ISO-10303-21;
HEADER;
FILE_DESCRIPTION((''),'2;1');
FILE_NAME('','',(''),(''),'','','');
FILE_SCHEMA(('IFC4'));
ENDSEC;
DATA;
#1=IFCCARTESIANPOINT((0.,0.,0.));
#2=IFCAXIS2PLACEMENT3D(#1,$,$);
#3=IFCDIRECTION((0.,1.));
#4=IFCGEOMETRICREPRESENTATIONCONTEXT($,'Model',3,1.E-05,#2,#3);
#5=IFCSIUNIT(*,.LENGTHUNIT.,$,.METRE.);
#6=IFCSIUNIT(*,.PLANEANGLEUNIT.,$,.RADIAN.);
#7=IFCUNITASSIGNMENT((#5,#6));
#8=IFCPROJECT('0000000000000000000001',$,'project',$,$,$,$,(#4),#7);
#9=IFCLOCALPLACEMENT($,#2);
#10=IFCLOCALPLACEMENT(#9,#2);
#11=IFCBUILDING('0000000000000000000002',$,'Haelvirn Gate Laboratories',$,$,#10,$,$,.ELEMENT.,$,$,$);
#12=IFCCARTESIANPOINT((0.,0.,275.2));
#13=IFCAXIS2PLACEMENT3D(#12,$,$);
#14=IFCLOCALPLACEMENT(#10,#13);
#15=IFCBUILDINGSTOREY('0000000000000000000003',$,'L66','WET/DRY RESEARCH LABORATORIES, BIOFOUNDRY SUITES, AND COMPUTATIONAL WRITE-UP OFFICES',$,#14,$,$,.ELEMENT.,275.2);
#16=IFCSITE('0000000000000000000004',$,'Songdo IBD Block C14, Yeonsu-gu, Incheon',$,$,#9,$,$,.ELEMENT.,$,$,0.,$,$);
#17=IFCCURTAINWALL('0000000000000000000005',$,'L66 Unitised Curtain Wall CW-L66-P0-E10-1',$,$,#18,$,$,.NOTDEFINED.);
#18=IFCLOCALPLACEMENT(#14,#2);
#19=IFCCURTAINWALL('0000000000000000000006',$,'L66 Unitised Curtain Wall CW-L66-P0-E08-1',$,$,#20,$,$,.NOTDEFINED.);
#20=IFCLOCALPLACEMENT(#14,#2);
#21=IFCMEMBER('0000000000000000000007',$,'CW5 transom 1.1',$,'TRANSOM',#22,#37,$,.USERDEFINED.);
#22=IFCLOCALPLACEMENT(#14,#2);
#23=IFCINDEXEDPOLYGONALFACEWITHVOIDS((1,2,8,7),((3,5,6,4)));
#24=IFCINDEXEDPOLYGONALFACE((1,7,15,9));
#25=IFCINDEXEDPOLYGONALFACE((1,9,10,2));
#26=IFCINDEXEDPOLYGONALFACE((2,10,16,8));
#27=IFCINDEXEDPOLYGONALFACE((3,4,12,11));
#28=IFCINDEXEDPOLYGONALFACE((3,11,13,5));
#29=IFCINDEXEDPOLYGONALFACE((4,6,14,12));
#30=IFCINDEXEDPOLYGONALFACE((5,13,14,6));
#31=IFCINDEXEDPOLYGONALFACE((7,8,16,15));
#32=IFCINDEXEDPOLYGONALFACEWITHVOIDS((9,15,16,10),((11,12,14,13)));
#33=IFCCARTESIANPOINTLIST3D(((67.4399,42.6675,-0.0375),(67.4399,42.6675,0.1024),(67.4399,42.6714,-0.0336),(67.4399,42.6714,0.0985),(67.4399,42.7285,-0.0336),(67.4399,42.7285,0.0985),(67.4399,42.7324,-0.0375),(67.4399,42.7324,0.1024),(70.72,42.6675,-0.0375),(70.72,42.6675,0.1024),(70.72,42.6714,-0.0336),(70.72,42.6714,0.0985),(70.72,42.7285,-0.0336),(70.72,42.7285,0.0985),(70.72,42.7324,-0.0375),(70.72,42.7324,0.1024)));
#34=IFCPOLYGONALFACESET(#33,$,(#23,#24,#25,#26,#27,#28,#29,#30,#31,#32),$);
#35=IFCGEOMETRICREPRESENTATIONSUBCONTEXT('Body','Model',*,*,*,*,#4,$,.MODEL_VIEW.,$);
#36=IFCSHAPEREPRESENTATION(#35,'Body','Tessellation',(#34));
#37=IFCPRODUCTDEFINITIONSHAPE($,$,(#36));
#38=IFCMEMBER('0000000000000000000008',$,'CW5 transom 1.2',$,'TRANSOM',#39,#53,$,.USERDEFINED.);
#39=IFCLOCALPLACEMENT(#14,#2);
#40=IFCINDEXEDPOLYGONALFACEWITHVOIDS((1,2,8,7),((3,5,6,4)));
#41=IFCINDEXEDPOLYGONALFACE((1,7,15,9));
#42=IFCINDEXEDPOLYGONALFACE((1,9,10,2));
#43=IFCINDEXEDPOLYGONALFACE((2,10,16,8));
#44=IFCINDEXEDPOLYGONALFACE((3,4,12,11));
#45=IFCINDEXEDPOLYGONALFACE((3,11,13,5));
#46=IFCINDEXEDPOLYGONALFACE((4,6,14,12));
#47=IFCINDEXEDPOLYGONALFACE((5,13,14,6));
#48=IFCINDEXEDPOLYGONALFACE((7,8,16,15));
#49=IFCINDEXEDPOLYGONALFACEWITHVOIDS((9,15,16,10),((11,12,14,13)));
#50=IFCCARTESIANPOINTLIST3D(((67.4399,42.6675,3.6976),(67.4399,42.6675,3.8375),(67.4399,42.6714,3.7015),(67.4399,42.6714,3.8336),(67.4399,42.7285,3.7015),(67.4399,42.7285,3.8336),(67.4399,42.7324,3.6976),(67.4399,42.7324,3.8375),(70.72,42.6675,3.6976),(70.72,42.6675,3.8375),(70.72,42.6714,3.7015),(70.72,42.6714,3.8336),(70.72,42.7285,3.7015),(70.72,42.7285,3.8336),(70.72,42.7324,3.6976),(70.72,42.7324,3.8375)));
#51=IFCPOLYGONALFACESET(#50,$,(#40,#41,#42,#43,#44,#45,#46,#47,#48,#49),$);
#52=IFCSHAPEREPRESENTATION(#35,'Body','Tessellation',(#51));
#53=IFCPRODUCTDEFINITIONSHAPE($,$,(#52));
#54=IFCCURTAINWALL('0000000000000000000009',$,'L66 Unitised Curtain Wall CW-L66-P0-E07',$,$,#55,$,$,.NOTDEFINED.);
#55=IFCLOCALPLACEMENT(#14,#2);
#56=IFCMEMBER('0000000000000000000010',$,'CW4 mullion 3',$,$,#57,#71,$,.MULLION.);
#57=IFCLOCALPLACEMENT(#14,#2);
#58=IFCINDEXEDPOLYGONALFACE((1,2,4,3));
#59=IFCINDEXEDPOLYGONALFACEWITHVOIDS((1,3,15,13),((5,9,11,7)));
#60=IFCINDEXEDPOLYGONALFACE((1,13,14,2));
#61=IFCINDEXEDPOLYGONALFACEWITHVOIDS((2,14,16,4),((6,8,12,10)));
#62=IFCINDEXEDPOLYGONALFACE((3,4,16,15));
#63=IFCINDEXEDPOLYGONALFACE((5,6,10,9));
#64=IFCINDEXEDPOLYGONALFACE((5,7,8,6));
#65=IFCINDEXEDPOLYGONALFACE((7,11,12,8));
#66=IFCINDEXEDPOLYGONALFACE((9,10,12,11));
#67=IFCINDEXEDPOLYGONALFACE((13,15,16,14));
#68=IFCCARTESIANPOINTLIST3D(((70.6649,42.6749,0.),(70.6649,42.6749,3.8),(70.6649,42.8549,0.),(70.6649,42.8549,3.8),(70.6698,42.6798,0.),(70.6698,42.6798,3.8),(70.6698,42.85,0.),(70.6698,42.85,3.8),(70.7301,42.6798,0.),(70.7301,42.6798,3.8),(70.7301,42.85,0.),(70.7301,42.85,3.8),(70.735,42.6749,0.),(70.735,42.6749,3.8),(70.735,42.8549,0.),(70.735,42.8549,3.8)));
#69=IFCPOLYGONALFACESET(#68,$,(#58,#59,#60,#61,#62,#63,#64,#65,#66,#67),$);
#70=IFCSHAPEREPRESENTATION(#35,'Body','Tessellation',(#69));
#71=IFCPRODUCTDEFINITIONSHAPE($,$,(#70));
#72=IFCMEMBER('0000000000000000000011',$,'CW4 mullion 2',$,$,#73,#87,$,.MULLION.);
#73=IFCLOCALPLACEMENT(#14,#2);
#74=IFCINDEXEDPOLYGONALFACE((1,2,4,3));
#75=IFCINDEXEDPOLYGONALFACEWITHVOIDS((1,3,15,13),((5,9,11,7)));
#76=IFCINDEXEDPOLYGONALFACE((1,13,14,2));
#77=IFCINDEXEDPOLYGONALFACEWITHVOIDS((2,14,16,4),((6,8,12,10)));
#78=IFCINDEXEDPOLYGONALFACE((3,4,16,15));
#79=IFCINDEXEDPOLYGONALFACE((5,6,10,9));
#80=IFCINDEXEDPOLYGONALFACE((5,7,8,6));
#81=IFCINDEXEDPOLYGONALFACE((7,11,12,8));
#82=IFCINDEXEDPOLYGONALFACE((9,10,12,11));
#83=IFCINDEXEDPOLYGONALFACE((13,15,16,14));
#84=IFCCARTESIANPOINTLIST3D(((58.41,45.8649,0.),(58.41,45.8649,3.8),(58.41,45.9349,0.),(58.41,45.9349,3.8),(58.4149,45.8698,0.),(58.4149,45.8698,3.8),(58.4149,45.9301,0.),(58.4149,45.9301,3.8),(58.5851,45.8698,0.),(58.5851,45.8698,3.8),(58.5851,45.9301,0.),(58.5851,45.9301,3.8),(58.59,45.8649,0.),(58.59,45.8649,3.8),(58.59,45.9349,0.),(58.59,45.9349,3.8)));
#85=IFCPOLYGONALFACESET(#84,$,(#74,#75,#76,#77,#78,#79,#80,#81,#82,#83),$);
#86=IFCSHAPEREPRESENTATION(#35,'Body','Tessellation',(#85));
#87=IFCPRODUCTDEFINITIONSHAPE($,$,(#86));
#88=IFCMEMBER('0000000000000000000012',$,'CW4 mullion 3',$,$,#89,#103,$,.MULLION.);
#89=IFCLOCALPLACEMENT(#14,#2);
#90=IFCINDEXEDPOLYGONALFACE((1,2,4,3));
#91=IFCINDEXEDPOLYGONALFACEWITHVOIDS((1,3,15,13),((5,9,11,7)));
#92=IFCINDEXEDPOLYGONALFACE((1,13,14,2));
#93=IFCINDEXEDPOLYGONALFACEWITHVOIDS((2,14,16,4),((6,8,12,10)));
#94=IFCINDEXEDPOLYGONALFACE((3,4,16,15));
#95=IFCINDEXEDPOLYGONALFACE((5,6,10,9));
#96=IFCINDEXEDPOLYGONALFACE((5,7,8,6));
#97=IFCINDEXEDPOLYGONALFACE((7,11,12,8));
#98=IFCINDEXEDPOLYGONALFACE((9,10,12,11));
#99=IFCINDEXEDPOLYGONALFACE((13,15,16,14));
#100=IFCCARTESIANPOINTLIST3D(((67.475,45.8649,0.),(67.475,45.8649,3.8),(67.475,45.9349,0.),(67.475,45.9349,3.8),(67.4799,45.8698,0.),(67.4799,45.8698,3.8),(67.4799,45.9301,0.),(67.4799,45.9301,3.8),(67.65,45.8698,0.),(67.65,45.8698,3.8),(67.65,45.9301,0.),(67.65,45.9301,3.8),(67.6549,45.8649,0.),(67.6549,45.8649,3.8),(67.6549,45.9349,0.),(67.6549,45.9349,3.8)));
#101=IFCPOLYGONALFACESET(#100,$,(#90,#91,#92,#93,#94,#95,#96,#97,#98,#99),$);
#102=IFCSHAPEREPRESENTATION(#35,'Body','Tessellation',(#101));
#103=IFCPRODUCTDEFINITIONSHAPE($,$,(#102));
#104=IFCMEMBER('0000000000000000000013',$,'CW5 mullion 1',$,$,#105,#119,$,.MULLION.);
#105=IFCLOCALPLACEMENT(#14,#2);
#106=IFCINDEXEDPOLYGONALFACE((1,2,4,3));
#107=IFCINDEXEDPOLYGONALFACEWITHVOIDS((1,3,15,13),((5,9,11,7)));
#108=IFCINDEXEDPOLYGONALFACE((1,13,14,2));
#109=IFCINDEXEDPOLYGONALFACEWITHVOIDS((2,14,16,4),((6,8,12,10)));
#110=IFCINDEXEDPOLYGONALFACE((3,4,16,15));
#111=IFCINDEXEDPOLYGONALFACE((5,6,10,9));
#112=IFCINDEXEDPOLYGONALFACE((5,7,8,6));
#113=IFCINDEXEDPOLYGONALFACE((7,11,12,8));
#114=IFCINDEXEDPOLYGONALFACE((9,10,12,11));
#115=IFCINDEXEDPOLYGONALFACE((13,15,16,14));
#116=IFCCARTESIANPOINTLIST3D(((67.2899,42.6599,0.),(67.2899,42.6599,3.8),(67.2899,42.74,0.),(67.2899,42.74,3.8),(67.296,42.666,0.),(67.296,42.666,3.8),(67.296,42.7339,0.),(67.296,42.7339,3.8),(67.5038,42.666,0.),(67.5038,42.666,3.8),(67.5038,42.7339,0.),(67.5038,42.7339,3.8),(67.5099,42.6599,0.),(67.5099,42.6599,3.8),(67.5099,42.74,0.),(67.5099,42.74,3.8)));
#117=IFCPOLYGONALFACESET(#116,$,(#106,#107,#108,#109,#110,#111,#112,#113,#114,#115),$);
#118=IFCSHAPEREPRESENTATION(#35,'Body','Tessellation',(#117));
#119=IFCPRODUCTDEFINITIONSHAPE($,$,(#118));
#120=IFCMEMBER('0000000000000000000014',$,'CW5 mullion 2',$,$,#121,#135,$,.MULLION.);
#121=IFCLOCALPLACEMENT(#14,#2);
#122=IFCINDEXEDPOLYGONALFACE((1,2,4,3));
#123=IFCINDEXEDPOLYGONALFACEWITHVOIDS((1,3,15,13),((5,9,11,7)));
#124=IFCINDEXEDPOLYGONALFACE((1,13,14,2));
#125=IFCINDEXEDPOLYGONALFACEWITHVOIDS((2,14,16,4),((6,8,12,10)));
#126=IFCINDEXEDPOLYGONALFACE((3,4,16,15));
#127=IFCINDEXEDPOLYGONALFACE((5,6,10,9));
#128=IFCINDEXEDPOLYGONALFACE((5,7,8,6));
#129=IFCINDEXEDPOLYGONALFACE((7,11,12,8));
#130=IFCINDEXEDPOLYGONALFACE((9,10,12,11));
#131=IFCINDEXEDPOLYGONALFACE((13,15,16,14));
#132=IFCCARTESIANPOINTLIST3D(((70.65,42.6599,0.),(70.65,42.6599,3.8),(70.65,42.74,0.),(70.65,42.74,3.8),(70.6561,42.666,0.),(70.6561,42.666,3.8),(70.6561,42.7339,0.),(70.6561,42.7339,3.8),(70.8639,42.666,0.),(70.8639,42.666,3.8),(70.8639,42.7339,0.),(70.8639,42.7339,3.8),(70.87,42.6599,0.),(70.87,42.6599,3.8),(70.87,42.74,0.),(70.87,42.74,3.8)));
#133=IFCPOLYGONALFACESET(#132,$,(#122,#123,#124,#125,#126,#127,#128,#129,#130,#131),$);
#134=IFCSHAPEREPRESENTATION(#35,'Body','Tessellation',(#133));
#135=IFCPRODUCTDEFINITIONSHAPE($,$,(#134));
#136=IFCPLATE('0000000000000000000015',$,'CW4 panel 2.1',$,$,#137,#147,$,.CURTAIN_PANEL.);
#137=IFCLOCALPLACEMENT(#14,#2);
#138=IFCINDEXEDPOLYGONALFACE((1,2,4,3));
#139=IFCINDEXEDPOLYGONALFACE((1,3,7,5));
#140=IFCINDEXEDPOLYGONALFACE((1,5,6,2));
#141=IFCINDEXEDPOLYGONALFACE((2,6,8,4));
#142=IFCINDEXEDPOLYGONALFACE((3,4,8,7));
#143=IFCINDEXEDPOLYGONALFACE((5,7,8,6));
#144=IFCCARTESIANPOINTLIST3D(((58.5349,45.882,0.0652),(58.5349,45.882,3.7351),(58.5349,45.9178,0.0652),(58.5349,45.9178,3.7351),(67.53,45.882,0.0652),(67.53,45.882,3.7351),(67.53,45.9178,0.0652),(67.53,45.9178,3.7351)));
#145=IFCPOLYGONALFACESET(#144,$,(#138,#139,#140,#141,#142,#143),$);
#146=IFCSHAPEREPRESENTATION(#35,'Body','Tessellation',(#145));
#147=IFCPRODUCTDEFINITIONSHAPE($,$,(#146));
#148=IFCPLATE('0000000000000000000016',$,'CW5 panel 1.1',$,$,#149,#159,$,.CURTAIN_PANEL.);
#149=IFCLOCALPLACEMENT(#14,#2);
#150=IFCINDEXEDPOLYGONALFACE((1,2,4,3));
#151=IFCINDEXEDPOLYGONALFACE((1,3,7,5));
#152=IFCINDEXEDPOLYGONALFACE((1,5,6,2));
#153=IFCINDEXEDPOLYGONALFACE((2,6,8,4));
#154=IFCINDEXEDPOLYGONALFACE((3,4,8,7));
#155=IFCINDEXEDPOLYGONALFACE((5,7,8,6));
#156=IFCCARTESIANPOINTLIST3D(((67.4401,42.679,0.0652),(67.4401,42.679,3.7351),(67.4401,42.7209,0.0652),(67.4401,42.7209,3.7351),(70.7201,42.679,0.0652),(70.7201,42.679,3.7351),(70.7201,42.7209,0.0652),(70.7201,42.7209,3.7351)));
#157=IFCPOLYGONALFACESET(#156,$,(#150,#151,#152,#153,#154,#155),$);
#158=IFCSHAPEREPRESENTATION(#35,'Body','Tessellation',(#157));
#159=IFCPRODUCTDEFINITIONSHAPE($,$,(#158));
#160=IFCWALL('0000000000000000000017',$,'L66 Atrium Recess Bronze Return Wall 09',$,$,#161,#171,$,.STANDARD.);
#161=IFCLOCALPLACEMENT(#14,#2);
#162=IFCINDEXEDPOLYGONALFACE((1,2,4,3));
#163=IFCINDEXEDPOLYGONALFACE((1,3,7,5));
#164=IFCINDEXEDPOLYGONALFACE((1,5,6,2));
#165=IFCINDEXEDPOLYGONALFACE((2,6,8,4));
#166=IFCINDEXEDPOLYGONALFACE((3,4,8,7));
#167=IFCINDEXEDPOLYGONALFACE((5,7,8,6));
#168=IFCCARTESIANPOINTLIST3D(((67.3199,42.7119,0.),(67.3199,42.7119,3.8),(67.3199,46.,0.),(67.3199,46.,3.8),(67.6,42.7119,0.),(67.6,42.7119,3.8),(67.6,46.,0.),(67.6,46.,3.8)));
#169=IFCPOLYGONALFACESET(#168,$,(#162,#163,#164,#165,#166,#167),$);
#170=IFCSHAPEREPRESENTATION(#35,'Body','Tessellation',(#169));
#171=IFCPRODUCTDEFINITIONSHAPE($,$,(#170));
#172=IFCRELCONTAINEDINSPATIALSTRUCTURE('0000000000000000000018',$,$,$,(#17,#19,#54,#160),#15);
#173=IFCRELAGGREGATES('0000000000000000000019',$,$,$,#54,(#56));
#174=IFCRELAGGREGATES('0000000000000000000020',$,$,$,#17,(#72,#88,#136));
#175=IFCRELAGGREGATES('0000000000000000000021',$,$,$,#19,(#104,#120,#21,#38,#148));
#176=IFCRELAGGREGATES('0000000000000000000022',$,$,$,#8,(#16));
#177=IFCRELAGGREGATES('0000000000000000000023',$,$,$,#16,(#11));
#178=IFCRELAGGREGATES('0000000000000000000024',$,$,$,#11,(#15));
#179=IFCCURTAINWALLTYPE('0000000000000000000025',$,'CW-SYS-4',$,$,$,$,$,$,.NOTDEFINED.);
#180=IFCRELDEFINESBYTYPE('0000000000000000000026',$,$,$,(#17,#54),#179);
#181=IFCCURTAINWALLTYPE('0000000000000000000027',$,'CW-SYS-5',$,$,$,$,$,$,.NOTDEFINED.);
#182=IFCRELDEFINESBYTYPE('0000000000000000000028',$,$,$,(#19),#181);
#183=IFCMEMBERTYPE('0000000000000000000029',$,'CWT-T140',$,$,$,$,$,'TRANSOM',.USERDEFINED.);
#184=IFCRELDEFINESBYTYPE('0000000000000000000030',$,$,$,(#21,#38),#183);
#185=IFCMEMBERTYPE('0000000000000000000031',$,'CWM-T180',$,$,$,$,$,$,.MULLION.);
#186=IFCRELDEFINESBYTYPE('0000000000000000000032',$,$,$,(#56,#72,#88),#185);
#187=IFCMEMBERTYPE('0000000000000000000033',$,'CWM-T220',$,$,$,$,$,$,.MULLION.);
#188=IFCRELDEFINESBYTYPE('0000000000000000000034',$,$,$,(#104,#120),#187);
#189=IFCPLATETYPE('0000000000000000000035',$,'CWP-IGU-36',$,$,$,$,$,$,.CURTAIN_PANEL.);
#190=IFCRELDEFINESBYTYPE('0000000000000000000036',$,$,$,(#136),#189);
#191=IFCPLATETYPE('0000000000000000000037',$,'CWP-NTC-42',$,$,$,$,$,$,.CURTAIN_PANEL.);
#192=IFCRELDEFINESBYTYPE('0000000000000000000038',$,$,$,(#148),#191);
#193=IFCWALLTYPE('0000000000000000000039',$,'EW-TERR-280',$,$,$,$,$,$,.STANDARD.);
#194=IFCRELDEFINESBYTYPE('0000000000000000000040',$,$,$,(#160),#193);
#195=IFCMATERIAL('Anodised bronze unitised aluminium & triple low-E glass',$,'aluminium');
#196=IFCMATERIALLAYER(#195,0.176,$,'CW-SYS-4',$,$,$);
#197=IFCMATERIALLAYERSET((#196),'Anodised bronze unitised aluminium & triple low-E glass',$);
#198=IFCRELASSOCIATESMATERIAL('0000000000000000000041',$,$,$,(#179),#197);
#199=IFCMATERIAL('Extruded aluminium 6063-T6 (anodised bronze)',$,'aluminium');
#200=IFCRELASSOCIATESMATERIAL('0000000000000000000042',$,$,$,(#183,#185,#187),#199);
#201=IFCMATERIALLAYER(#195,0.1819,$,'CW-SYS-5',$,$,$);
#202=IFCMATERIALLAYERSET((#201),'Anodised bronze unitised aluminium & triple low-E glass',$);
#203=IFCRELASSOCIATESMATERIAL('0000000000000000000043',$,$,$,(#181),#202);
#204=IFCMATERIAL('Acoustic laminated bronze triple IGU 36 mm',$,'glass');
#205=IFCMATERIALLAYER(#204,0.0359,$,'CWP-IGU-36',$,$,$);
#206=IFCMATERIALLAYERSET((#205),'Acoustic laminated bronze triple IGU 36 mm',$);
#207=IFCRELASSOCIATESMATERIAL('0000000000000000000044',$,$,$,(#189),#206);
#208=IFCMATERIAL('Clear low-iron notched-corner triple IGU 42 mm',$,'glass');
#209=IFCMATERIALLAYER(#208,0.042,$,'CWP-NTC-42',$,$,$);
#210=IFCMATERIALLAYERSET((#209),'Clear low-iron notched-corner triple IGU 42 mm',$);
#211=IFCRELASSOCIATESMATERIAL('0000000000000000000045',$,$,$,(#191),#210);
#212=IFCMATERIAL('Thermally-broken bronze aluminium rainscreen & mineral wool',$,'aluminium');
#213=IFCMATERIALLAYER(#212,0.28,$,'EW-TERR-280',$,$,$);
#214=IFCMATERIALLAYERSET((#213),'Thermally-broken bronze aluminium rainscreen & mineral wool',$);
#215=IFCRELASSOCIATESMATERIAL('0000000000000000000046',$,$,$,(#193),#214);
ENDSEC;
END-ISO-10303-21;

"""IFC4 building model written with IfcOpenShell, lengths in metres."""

from ifc_helpers import new_model, si_unit, direction, frame, frame_2d, origin, origin_2d, place, context, subcontext, project, spatial, rectangle, hollow_rectangle, extrude, source, transform, mapped, material, layer, layer_set, material_profile, profile_set, type_object, type_shapes, element, aggregate, save


model = new_model("IFC4")

# Units and contexts
model_context = context("Model", 3, precision=1e-05, world=origin(), true_north=direction((0.0, 1.0)))
body_context = subcontext(model_context, "Body", "Model", "MODEL_VIEW")
ifc_project = project(units=[si_unit("LENGTHUNIT", "METRE"), si_unit("PLANEANGLEUNIT", "RADIAN")], contexts=[model_context])

# Site, building, storey
site_placement = place(None, origin())
site = spatial("IfcSite", under=ifc_project, at=site_placement, Name="Songdo IBD Block C14, Yeonsu-gu, Incheon", CompositionType="ELEMENT", RefElevation=0.0)
building_placement = place(site_placement, origin())
building = spatial("IfcBuilding", under=site, at=building_placement, Name="Haelvirn Gate Laboratories", CompositionType="ELEMENT")
storey_placement = place(building_placement, frame((0.0, 0.0, 275.2)))
storey = spatial("IfcBuildingStorey", under=building, at=storey_placement, Name="L66", Description="WET/DRY RESEARCH LABORATORIES, BIOFOUNDRY SUITES, AND COMPUTATIONAL WRITE-UP OFFICES", CompositionType="ELEMENT", Elevation=275.2)

# Curtain walls, members
ifc_material_1 = material(Name="Anodised bronze unitised aluminium & triple low-E glass", Category="aluminium")
ifc_layer_1 = layer(ifc_material_1, 0.176, Name="CW-SYS-4")
ifc_layer_set_1 = layer_set([ifc_layer_1], Name="Anodised bronze unitised aluminium & triple low-E glass")
curtain_wall_type_1 = type_object("IfcCurtainWallType", Name="CW-SYS-4", PredefinedType="NOTDEFINED", material=ifc_layer_set_1)
curtain_wall_1_placement = place(storey_placement, origin())
curtain_wall_1 = element("IfcCurtainWall", 1, at=curtain_wall_1_placement, inside=storey, type_object=curtain_wall_type_1, Name="L66 Unitised Curtain Wall CW-L66-P0-E10-1", PredefinedType="NOTDEFINED")
ifc_material_2 = material(Name="Extruded aluminium 6063-T6 (anodised bronze)", Category="aluminium")
ifc_material_profile_1 = material_profile(ifc_material_2, hollow_rectangle(XDim=0.0649, YDim=0.1399, WallThickness=0.0039, at=origin_2d()), Name="CWT-140x65x4")
ifc_profile_set_1 = profile_set([ifc_material_profile_1], Name="Extruded aluminium 6063-T6 (anodised bronze)")
member_type_1 = type_object("IfcMemberType", Name="CWT-T140", ElementType="TRANSOM", PredefinedType="USERDEFINED", material=ifc_profile_set_1)
ifc_layer_2 = layer(ifc_material_1, 0.1819, Name="CW-SYS-5")
ifc_layer_set_2 = layer_set([ifc_layer_2], Name="Anodised bronze unitised aluminium & triple low-E glass")
curtain_wall_type_2 = type_object("IfcCurtainWallType", Name="CW-SYS-5", PredefinedType="NOTDEFINED", material=ifc_layer_set_2)
curtain_wall_2_placement = place(storey_placement, origin())
curtain_wall_2 = element("IfcCurtainWall", 2, at=curtain_wall_2_placement, inside=storey, type_object=curtain_wall_type_2, Name="L66 Unitised Curtain Wall CW-L66-P0-E08-1", PredefinedType="NOTDEFINED")
shared_shape_1 = source(origin(), body_context, "Body", "SweptSolid", [
    extrude(hollow_rectangle(XDim=0.0649, YDim=0.1399, WallThickness=0.0039, at=origin_2d()), origin(), (0.0, 0.0, 1.0), 3.28),
])
member_1_placement = place(storey_placement, frame((67.4399, 42.7, 0.0325), z_axis=(1.0, 0.0, 0.0), x_axis=(0.0, 1.0, 0.0)))
member_1 = element("IfcMember", 3, at=member_1_placement, type_object=member_type_1, Name="CW5 transom 1.1", ObjectType="TRANSOM", PredefinedType="USERDEFINED", context=body_context, shape_type="MappedRepresentation", body=[
    mapped(shared_shape_1, transform((0.0, 0.0, 0.0), scale=1.0)),
])
member_2_placement = place(storey_placement, frame((67.4399, 42.7, 3.7676), z_axis=(1.0, 0.0, 0.0), x_axis=(0.0, 1.0, 0.0)))
member_2 = element("IfcMember", 4, at=member_2_placement, type_object=member_type_1, Name="CW5 transom 1.2", ObjectType="TRANSOM", PredefinedType="USERDEFINED", context=body_context, shape_type="MappedRepresentation", body=[
    mapped(shared_shape_1, transform((0.0, 0.0, 0.0), scale=1.0)),
])

# Curtain wall, member
curtain_wall_3_placement = place(storey_placement, origin())
curtain_wall_3 = element("IfcCurtainWall", 5, at=curtain_wall_3_placement, inside=storey, type_object=curtain_wall_type_1, Name="L66 Unitised Curtain Wall CW-L66-P0-E07", PredefinedType="NOTDEFINED")
ifc_material_profile_2 = material_profile(ifc_material_2, hollow_rectangle(XDim=0.0701, YDim=0.1799, WallThickness=0.0049, at=origin_2d()), Name="CWM-180x70x5")
ifc_profile_set_2 = profile_set([ifc_material_profile_2], Name="Extruded aluminium 6063-T6 (anodised bronze)")
member_type_2 = type_object("IfcMemberType", Name="CWM-T180", PredefinedType="MULLION", material=ifc_profile_set_2)
shared_shape_2 = source(origin(), body_context, "Body", "SweptSolid", [
    extrude(hollow_rectangle(XDim=0.0701, YDim=0.1799, WallThickness=0.0049, at=origin_2d()), origin(), (0.0, 0.0, 1.0), 3.8),
])
type_shapes(member_type_2, [shared_shape_2])
member_3_placement = place(storey_placement, frame((70.7, 42.7649, 0.0), z_axis=(0.0, 0.0, 1.0), x_axis=(-1.0, 0.0, 0.0)))
member_3 = element("IfcMember", 6, at=member_3_placement, type_object=member_type_2, Name="CW4 mullion 3", PredefinedType="MULLION", context=body_context, shape_type="MappedRepresentation", body=[
    mapped(shared_shape_2, transform((0.0, 0.0, 0.0), scale=1.0)),
])
aggregate(curtain_wall_3, [member_3])

# Members
member_4_placement = place(storey_placement, frame((58.5, 45.8999, 0.0), z_axis=(0.0, 0.0, 1.0), x_axis=(0.0, 1.0, 0.0)))
member_4 = element("IfcMember", 7, at=member_4_placement, type_object=member_type_2, Name="CW4 mullion 2", PredefinedType="MULLION", context=body_context, shape_type="MappedRepresentation", body=[
    mapped(shared_shape_2, transform((0.0, 0.0, 0.0), scale=1.0)),
])
member_5_placement = place(storey_placement, frame((67.5649, 45.8999, 0.0), z_axis=(0.0, 0.0, 1.0), x_axis=(0.0, 1.0, 0.0)))
member_5 = element("IfcMember", 8, at=member_5_placement, type_object=member_type_2, Name="CW4 mullion 3", PredefinedType="MULLION", context=body_context, shape_type="MappedRepresentation", body=[
    mapped(shared_shape_2, transform((0.0, 0.0, 0.0), scale=1.0)),
])
ifc_material_profile_3 = material_profile(ifc_material_2, hollow_rectangle(XDim=0.0801, YDim=0.22, WallThickness=0.0061, at=origin_2d()), Name="CWM-220x80x6")
ifc_profile_set_3 = profile_set([ifc_material_profile_3], Name="Extruded aluminium 6063-T6 (anodised bronze)")
member_type_3 = type_object("IfcMemberType", Name="CWM-T220", PredefinedType="MULLION", material=ifc_profile_set_3)
shared_shape_3 = source(origin(), body_context, "Body", "SweptSolid", [
    extrude(hollow_rectangle(XDim=0.0801, YDim=0.22, WallThickness=0.0061, at=origin_2d()), origin(), (0.0, 0.0, 1.0), 3.8),
])
type_shapes(member_type_3, [shared_shape_3])
member_6_placement = place(storey_placement, frame((67.3999, 42.7, 0.0), z_axis=(0.0, 0.0, 1.0), x_axis=(0.0, 1.0, 0.0)))
member_6 = element("IfcMember", 9, at=member_6_placement, type_object=member_type_3, Name="CW5 mullion 1", PredefinedType="MULLION", context=body_context, shape_type="MappedRepresentation", body=[
    mapped(shared_shape_3, transform((0.0, 0.0, 0.0), scale=1.0)),
])
member_7_placement = place(storey_placement, frame((70.76, 42.7, 0.0), z_axis=(0.0, 0.0, 1.0), x_axis=(0.0, 1.0, 0.0)))
member_7 = element("IfcMember", 10, at=member_7_placement, type_object=member_type_3, Name="CW5 mullion 2", PredefinedType="MULLION", context=body_context, shape_type="MappedRepresentation", body=[
    mapped(shared_shape_3, transform((0.0, 0.0, 0.0), scale=1.0)),
])

# Plates
ifc_material_3 = material(Name="Acoustic laminated bronze triple IGU 36 mm", Category="glass")
ifc_layer_3 = layer(ifc_material_3, 0.0359, Name="CWP-IGU-36")
ifc_layer_set_3 = layer_set([ifc_layer_3], Name="Acoustic laminated bronze triple IGU 36 mm")
plate_type_1 = type_object("IfcPlateType", Name="CWP-IGU-36", PredefinedType="CURTAIN_PANEL", material=ifc_layer_set_3)
shared_shape_4 = source(origin(), body_context, "Body", "SweptSolid", [
    extrude(rectangle(XDim=8.9951, YDim=0.0359, at=origin_2d()), origin(), (0.0, 0.0, 1.0), 3.6699),
])
type_shapes(plate_type_1, [shared_shape_4])
plate_1_placement = place(storey_placement, frame((63.0325, 45.8999, 0.0652), z_axis=(0.0, 0.0, 1.0), x_axis=(1.0, 0.0, 0.0)))
plate_1 = element("IfcPlate", 11, at=plate_1_placement, type_object=plate_type_1, Name="CW4 panel 2.1", PredefinedType="CURTAIN_PANEL", context=body_context, shape_type="MappedRepresentation", body=[
    mapped(shared_shape_4, transform((0.0, 0.0, 0.0), scale=1.0)),
])
aggregate(curtain_wall_1, [member_4, member_5, plate_1])
ifc_material_4 = material(Name="Clear low-iron notched-corner triple IGU 42 mm", Category="glass")
ifc_layer_4 = layer(ifc_material_4, 0.042, Name="CWP-NTC-42")
ifc_layer_set_4 = layer_set([ifc_layer_4], Name="Clear low-iron notched-corner triple IGU 42 mm")
plate_type_2 = type_object("IfcPlateType", Name="CWP-NTC-42", PredefinedType="CURTAIN_PANEL", material=ifc_layer_set_4)
shared_shape_5 = source(origin(), body_context, "Body", "SweptSolid", [
    extrude(rectangle(XDim=3.28, YDim=0.042, at=origin_2d()), origin(), (0.0, 0.0, 1.0), 3.6699),
])
type_shapes(plate_type_2, [shared_shape_5])
plate_2_placement = place(storey_placement, frame((69.0801, 42.7, 0.0652), z_axis=(0.0, 0.0, 1.0), x_axis=(1.0, 0.0, 0.0)))
plate_2 = element("IfcPlate", 12, at=plate_2_placement, type_object=plate_type_2, Name="CW5 panel 1.1", PredefinedType="CURTAIN_PANEL", context=body_context, shape_type="MappedRepresentation", body=[
    mapped(shared_shape_5, transform((0.0, 0.0, 0.0), scale=1.0)),
])
aggregate(curtain_wall_2, [member_6, member_7, member_1, member_2, plate_2])

# Wall
ifc_material_5 = material(Name="Thermally-broken bronze aluminium rainscreen & mineral wool", Category="aluminium")
ifc_layer_5 = layer(ifc_material_5, 0.28, Name="EW-TERR-280")
ifc_layer_set_5 = layer_set([ifc_layer_5], Name="Thermally-broken bronze aluminium rainscreen & mineral wool")
wall_type_1 = type_object("IfcWallType", Name="EW-TERR-280", PredefinedType="STANDARD", material=ifc_layer_set_5)
wall_1_placement = place(storey_placement, frame((67.46, 42.7119, 0.0), z_axis=(0.0, 0.0, 1.0), x_axis=(0.0, 1.0, 0.0)))
element("IfcWall", 13, at=wall_1_placement, inside=storey, type_object=wall_type_1, Name="L66 Atrium Recess Bronze Return Wall 09", PredefinedType="STANDARD", context=body_context, shape_type="SweptSolid", body=[
    extrude(rectangle(XDim=3.2881, YDim=0.28, at=frame_2d((1.644, 0.0))), origin(), (0.0, 0.0, 1.0), 3.8),
])

save(model, "model.ifc")
